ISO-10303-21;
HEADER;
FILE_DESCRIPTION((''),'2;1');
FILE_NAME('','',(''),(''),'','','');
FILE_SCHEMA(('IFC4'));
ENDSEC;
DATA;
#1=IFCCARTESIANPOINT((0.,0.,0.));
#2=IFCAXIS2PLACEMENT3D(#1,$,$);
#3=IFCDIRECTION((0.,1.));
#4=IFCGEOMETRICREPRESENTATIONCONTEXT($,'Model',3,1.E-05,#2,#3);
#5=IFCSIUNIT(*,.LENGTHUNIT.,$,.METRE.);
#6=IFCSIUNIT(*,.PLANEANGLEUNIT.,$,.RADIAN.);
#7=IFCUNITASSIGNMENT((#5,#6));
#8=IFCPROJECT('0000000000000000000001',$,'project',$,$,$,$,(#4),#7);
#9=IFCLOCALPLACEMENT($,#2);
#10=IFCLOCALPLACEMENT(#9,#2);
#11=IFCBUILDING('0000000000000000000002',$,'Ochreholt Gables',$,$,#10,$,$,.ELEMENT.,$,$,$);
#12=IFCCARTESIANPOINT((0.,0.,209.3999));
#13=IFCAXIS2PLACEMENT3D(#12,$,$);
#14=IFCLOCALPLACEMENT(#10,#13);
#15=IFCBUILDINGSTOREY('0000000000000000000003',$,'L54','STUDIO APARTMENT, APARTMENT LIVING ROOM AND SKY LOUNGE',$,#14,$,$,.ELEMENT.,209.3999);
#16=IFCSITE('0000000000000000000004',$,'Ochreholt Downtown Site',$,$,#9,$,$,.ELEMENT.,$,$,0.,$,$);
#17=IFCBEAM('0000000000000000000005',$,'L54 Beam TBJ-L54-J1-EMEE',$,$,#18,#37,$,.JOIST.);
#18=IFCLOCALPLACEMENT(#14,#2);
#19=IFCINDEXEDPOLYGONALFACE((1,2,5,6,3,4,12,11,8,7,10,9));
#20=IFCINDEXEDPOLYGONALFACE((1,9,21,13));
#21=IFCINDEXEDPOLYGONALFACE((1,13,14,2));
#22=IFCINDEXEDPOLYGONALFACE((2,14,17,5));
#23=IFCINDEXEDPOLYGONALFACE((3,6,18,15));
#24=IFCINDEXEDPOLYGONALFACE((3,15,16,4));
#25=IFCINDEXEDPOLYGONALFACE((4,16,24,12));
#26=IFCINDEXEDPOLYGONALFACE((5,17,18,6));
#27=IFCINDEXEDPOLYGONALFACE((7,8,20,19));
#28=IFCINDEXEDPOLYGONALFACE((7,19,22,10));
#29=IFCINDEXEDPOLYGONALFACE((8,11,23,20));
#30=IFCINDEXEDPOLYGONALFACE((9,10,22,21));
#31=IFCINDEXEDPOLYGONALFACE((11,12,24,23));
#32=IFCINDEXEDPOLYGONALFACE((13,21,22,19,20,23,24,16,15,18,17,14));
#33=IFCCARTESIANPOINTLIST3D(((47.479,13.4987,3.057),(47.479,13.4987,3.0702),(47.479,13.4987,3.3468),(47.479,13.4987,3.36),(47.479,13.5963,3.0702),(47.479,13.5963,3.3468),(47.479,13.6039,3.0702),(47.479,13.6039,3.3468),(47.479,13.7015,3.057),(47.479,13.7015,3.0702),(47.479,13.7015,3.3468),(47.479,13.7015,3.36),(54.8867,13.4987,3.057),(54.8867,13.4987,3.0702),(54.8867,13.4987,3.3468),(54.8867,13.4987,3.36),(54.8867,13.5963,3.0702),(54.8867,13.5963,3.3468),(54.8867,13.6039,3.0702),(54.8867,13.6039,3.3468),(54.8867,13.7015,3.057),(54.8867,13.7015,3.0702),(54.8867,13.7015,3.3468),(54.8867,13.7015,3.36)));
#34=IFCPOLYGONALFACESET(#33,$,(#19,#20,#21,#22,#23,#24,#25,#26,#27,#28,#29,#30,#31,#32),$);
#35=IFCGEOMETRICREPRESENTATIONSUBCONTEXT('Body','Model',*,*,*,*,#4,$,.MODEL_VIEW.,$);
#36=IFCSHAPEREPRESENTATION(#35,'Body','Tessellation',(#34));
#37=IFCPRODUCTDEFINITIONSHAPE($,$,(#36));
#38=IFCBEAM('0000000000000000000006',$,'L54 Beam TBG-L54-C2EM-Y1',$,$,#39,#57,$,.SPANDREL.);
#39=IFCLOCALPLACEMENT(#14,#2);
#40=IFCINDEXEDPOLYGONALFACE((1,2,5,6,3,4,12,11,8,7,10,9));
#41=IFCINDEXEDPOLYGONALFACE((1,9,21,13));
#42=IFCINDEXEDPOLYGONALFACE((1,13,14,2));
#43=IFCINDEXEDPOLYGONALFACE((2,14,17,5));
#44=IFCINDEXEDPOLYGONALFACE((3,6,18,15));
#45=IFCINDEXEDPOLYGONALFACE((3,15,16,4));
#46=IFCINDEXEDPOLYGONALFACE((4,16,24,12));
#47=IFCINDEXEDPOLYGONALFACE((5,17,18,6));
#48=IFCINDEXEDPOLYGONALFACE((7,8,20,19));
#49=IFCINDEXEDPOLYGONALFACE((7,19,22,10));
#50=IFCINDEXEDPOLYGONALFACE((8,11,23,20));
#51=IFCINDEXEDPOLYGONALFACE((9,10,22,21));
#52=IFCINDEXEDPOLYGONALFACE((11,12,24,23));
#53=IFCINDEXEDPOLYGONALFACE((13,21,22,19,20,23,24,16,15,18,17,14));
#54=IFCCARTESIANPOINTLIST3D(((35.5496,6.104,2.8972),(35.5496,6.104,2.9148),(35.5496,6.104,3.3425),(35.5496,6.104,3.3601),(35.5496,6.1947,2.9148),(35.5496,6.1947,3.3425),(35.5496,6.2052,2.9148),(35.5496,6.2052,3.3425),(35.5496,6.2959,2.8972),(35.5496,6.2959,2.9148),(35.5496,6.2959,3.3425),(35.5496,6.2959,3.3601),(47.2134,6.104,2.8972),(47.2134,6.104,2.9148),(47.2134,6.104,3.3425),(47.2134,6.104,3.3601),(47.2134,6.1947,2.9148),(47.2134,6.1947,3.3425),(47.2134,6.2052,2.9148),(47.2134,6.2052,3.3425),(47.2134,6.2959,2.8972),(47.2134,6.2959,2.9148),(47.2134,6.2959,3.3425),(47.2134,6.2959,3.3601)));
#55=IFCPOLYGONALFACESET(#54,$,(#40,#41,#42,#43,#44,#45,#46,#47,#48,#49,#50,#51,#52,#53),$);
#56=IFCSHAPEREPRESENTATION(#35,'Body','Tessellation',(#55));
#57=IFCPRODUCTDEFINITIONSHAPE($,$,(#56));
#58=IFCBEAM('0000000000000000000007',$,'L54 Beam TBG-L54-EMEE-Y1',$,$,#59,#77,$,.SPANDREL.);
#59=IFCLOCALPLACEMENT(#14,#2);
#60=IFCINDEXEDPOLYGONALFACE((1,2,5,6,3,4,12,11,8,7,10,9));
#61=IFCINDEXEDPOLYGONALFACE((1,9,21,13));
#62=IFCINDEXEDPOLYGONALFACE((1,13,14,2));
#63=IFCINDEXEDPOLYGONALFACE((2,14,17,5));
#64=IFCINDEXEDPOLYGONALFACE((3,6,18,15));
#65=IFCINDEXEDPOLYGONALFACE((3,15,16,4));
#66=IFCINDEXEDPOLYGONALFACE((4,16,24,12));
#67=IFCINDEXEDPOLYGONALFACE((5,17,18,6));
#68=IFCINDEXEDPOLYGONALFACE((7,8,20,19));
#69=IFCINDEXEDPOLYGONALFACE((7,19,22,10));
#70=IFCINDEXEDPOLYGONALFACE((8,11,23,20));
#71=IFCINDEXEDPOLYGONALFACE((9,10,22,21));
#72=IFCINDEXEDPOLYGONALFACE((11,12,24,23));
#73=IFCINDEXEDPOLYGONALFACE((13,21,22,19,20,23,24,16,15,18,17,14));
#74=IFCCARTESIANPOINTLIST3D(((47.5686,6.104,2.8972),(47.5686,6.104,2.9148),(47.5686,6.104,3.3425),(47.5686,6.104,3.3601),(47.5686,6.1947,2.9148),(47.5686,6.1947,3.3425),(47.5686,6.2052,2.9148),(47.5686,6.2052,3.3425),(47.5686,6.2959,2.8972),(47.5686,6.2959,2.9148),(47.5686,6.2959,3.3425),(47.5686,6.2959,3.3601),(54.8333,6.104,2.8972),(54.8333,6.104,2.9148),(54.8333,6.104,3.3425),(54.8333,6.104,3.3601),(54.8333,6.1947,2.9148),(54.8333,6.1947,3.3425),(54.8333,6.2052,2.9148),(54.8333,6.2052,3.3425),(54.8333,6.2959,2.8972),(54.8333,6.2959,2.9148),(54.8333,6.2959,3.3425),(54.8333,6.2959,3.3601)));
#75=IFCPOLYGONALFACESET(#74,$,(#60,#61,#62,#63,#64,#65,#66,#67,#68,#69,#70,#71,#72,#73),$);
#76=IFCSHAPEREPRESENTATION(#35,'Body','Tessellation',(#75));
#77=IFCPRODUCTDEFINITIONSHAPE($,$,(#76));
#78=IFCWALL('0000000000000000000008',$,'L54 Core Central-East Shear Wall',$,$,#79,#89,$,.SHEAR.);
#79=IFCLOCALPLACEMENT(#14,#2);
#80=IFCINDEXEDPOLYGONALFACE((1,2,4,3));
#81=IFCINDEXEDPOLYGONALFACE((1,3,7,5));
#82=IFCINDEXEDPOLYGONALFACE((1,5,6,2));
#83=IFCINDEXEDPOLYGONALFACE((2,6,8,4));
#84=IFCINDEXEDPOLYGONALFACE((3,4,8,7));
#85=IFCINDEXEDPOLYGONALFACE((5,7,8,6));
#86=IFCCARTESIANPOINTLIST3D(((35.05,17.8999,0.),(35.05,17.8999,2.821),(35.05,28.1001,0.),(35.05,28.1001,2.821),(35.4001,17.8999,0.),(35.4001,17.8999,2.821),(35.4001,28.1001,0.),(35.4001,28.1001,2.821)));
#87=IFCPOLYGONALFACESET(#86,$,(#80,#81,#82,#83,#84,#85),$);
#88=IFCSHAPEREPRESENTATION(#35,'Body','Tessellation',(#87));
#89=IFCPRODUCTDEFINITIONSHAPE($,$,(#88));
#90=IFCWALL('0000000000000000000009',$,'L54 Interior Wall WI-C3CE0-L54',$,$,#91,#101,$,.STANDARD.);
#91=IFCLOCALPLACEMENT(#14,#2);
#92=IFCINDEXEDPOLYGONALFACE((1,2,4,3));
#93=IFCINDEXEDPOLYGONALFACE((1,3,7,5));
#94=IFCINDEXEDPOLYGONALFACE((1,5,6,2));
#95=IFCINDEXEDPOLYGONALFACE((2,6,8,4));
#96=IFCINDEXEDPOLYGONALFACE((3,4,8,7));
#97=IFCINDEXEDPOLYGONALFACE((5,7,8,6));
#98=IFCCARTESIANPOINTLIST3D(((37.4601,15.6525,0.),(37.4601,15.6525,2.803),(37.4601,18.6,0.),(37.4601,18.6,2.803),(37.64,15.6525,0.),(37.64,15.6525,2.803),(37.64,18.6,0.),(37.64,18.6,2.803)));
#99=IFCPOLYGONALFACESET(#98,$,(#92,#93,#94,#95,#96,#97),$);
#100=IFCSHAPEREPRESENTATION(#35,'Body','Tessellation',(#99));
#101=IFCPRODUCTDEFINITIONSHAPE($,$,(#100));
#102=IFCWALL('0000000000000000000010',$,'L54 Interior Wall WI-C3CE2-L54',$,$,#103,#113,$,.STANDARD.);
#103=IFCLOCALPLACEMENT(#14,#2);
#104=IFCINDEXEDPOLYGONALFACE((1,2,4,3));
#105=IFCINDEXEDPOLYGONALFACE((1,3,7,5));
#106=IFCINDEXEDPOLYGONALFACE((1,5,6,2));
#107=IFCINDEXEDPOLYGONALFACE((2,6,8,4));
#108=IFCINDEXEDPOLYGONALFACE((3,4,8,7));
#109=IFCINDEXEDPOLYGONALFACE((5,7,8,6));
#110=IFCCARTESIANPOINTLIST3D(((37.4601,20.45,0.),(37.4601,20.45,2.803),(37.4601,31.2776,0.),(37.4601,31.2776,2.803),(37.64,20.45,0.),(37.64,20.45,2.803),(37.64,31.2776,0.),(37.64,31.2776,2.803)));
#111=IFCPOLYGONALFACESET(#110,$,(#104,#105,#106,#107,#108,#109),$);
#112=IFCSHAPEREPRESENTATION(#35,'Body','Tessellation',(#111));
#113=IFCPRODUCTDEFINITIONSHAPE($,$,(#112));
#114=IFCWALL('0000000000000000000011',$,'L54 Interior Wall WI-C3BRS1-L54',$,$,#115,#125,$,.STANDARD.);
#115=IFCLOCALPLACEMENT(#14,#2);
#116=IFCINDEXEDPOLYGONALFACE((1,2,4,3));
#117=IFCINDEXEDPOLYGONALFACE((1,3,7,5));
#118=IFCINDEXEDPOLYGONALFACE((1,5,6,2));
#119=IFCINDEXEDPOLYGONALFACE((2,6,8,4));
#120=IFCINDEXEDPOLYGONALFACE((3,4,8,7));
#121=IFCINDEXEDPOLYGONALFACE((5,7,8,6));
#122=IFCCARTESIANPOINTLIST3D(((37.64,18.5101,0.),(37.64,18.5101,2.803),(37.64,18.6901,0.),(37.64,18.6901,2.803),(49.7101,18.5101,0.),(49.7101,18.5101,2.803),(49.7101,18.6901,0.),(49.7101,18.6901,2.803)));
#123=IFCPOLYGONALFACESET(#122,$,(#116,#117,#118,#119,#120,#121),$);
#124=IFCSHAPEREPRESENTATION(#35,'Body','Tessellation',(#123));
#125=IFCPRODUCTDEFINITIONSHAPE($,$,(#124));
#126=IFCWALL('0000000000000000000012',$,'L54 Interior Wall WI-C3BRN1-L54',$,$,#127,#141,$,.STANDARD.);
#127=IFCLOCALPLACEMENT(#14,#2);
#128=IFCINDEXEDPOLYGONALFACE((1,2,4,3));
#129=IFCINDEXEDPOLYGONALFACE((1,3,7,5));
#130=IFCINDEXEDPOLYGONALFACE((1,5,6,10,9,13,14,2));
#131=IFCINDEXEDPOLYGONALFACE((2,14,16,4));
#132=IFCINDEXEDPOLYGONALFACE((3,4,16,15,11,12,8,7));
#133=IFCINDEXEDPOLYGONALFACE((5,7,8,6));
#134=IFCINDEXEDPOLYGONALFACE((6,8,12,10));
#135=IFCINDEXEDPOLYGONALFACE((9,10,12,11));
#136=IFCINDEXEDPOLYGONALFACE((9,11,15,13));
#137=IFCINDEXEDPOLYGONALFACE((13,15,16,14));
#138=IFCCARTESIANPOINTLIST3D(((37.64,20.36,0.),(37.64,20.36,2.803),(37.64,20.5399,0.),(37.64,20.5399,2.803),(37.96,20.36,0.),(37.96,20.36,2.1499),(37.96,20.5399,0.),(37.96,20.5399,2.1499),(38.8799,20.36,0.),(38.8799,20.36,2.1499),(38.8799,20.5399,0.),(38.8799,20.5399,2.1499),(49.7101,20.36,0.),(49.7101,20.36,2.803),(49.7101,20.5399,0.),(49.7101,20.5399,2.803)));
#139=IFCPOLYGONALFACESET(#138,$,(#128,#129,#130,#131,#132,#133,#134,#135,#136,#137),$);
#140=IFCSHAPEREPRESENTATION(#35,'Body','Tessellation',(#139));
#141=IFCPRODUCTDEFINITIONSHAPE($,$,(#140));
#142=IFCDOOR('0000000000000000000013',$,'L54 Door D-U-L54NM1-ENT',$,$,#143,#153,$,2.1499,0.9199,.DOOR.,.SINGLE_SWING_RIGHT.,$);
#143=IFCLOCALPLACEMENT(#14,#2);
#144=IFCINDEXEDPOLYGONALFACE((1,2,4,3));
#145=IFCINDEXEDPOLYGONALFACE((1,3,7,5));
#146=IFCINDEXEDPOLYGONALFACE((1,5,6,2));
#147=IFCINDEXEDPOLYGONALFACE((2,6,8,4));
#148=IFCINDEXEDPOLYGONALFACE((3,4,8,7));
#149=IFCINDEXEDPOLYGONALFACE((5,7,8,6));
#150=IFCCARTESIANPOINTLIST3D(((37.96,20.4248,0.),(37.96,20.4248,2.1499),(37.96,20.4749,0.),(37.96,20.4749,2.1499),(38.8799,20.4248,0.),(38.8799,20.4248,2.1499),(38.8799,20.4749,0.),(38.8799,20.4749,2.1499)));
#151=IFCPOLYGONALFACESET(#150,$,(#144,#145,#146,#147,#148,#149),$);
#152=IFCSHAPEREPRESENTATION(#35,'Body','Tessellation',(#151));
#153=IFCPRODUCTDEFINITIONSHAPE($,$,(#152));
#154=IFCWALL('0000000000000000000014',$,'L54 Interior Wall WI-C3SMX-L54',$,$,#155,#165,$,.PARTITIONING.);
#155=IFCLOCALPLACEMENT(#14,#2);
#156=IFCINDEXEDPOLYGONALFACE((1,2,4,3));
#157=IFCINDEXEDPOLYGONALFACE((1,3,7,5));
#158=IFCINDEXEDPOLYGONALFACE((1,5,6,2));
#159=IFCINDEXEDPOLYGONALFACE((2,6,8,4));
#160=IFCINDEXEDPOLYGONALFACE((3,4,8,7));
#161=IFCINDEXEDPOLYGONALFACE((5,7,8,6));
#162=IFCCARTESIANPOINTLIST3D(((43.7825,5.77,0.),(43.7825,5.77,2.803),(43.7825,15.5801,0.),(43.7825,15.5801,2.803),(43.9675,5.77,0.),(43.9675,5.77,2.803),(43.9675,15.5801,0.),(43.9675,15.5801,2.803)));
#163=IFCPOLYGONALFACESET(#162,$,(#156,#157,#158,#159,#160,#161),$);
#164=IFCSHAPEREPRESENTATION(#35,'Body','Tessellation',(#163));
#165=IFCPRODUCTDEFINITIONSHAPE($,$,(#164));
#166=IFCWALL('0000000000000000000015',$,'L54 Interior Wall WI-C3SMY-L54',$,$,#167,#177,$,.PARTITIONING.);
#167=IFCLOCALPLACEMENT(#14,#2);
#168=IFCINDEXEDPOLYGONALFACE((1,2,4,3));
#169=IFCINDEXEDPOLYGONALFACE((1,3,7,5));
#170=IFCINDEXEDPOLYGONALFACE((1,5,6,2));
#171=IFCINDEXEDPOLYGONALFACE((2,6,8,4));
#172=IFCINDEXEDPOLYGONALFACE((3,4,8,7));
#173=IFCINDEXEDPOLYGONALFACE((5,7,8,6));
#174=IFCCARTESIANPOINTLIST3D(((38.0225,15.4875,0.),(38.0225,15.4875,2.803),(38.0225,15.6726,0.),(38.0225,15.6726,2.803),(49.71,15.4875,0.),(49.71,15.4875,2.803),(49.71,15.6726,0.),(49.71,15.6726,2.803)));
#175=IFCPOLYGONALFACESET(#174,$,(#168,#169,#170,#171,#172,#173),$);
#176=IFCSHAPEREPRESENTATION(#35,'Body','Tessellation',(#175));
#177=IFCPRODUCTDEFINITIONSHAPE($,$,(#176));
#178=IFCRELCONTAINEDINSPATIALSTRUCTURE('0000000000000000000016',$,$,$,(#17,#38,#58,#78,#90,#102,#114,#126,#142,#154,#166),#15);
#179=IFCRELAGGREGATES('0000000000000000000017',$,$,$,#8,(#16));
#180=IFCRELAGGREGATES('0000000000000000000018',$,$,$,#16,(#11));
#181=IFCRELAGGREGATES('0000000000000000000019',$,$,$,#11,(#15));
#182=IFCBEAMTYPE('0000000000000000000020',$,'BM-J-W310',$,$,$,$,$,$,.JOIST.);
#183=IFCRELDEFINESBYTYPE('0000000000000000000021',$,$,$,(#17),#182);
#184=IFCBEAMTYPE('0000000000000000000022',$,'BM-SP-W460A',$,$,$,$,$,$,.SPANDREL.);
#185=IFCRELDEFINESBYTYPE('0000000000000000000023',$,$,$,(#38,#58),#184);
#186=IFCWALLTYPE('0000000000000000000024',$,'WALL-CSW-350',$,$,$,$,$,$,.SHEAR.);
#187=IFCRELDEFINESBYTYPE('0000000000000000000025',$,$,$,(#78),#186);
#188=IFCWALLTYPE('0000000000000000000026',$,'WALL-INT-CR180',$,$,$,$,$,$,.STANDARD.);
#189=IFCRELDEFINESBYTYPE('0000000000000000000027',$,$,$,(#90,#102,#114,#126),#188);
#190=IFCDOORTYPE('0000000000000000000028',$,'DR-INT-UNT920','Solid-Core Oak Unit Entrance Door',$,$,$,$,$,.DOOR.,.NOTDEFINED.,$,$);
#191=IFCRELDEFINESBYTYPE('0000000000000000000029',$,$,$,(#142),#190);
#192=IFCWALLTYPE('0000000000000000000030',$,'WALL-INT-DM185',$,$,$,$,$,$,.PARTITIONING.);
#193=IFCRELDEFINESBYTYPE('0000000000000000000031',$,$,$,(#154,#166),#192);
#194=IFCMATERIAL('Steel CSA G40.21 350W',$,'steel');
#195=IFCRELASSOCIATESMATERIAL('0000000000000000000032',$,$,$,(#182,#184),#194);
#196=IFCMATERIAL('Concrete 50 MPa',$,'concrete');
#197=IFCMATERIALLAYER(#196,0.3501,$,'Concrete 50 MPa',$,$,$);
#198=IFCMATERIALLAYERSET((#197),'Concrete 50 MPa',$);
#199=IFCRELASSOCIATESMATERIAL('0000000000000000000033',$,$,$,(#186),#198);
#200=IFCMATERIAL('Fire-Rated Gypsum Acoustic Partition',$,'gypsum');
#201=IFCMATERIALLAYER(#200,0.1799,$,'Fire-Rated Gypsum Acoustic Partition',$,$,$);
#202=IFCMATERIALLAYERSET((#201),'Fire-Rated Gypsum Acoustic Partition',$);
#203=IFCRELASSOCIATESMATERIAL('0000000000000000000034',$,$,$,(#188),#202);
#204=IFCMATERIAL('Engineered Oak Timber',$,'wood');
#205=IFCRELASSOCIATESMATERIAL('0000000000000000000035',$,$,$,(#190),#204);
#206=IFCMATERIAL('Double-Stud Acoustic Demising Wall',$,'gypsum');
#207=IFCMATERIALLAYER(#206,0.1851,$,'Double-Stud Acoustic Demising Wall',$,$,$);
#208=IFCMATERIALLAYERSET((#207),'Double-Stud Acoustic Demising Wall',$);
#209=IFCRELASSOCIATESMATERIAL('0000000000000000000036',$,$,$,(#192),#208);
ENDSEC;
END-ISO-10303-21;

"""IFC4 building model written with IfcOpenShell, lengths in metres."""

from ifc_helpers import new_model, si_unit, direction, frame, frame_2d, origin, origin_2d, place, context, subcontext, project, spatial, rectangle, i_section, extrude, material, layer, layer_set, material_profile, profile_set, type_object, element, fill, save


model = new_model("IFC4")

# Units and contexts
model_context = context("Model", 3, precision=1e-05, world=origin(), true_north=direction((0.0, 1.0)))
body_context = subcontext(model_context, "Body", "Model", "MODEL_VIEW")
ifc_project = project(units=[si_unit("LENGTHUNIT", "METRE"), si_unit("PLANEANGLEUNIT", "RADIAN")], contexts=[model_context])

# Site, building, storey
site_placement = place(None, origin())
site = spatial("IfcSite", under=ifc_project, at=site_placement, Name="Ochreholt Downtown Site", CompositionType="ELEMENT", RefElevation=0.0)
building_placement = place(site_placement, origin())
building = spatial("IfcBuilding", under=site, at=building_placement, Name="Ochreholt Gables", CompositionType="ELEMENT")
storey_placement = place(building_placement, frame((0.0, 0.0, 209.3999)))
storey = spatial("IfcBuildingStorey", under=building, at=storey_placement, Name="L54", Description="STUDIO APARTMENT, APARTMENT LIVING ROOM AND SKY LOUNGE", CompositionType="ELEMENT", Elevation=209.3999)

# Shared definitions
ifc_material_1 = material(Name="Steel CSA G40.21 350W", Category="steel")

# Beams
ifc_material_profile_1 = material_profile(ifc_material_1, i_section(OverallWidth=0.2029, OverallDepth=0.303, WebThickness=0.0076, FlangeThickness=0.0132, at=origin_2d()), Name="W310X60")
ifc_profile_set_1 = profile_set([ifc_material_profile_1], Name="Steel CSA G40.21 350W")
beam_type_1 = type_object("IfcBeamType", Name="BM-J-W310", PredefinedType="JOIST", material=ifc_profile_set_1)
beam_1_placement = place(storey_placement, frame((47.479, 13.6001, 3.2085), z_axis=(1.0, 0.0, 0.0), x_axis=(0.0, 1.0, 0.0)))
element("IfcBeam", 1, at=beam_1_placement, inside=storey, type_object=beam_type_1, Name="L54 Beam TBJ-L54-J1-EMEE", PredefinedType="JOIST", context=body_context, shape_type="SweptSolid", body=[
    extrude(i_section(OverallWidth=0.2029, OverallDepth=0.303, WebThickness=0.0076, FlangeThickness=0.0132, at=origin_2d()), origin(), (0.0, 0.0, 1.0), 7.4077),
])
ifc_material_profile_2 = material_profile(ifc_material_1, i_section(OverallWidth=0.1919, OverallDepth=0.4629, WebThickness=0.0105, FlangeThickness=0.0176, at=origin_2d()), Name="W460X89")
ifc_profile_set_2 = profile_set([ifc_material_profile_2], Name="Steel CSA G40.21 350W")
beam_type_2 = type_object("IfcBeamType", Name="BM-SP-W460A", PredefinedType="SPANDREL", material=ifc_profile_set_2)
beam_2_placement = place(storey_placement, frame((35.5496, 6.2, 3.1287), z_axis=(1.0, 0.0, 0.0), x_axis=(0.0, 1.0, 0.0)))
element("IfcBeam", 2, at=beam_2_placement, inside=storey, type_object=beam_type_2, Name="L54 Beam TBG-L54-C2EM-Y1", PredefinedType="SPANDREL", context=body_context, shape_type="SweptSolid", body=[
    extrude(i_section(OverallWidth=0.1919, OverallDepth=0.4629, WebThickness=0.0105, FlangeThickness=0.0176, at=origin_2d()), origin(), (0.0, 0.0, 1.0), 11.6638),
])
beam_3_placement = place(storey_placement, frame((47.5686, 6.2, 3.1287), z_axis=(1.0, 0.0, 0.0), x_axis=(0.0, 1.0, 0.0)))
element("IfcBeam", 3, at=beam_3_placement, inside=storey, type_object=beam_type_2, Name="L54 Beam TBG-L54-EMEE-Y1", PredefinedType="SPANDREL", context=body_context, shape_type="SweptSolid", body=[
    extrude(i_section(OverallWidth=0.1919, OverallDepth=0.4629, WebThickness=0.0105, FlangeThickness=0.0176, at=origin_2d()), origin(), (0.0, 0.0, 1.0), 7.2646),
])

# Walls
ifc_material_2 = material(Name="Concrete 50 MPa", Category="concrete")
ifc_layer_1 = layer(ifc_material_2, 0.3501, Name="Concrete 50 MPa")
ifc_layer_set_1 = layer_set([ifc_layer_1], Name="Concrete 50 MPa")
wall_type_1 = type_object("IfcWallType", Name="WALL-CSW-350", PredefinedType="SHEAR", material=ifc_layer_set_1)
wall_1_placement = place(storey_placement, frame((35.2251, 17.8999, 0.0), z_axis=(0.0, 0.0, 1.0), x_axis=(0.0, 1.0, 0.0)))
element("IfcWall", 4, at=wall_1_placement, inside=storey, type_object=wall_type_1, Name="L54 Core Central-East Shear Wall", PredefinedType="SHEAR", context=body_context, shape_type="SweptSolid", body=[
    extrude(rectangle(XDim=10.2002, YDim=0.3501, at=frame_2d((5.1001, 0.0))), origin(), (0.0, 0.0, 1.0), 2.821),
])
ifc_material_3 = material(Name="Fire-Rated Gypsum Acoustic Partition", Category="gypsum")
ifc_layer_2 = layer(ifc_material_3, 0.1799, Name="Fire-Rated Gypsum Acoustic Partition")
ifc_layer_set_2 = layer_set([ifc_layer_2], Name="Fire-Rated Gypsum Acoustic Partition")
wall_type_2 = type_object("IfcWallType", Name="WALL-INT-CR180", PredefinedType="STANDARD", material=ifc_layer_set_2)
wall_2_placement = place(storey_placement, frame((37.55, 15.6526, 0.0), z_axis=(0.0, 0.0, 1.0), x_axis=(0.0, 1.0, 0.0)))
element("IfcWall", 5, at=wall_2_placement, inside=storey, type_object=wall_type_2, Name="L54 Interior Wall WI-C3CE0-L54", PredefinedType="STANDARD", context=body_context, shape_type="SweptSolid", body=[
    extrude(rectangle(XDim=2.9475, YDim=0.1799, at=frame_2d((1.4736, 0.0))), origin(), (0.0, 0.0, 1.0), 2.803),
])
wall_3_placement = place(storey_placement, frame((37.55, 20.45, 0.0), z_axis=(0.0, 0.0, 1.0), x_axis=(0.0, 1.0, 0.0)))
element("IfcWall", 6, at=wall_3_placement, inside=storey, type_object=wall_type_2, Name="L54 Interior Wall WI-C3CE2-L54", PredefinedType="STANDARD", context=body_context, shape_type="SweptSolid", body=[
    extrude(rectangle(XDim=10.8276, YDim=0.1799, at=frame_2d((5.4138, 0.0))), origin(), (0.0, 0.0, 1.0), 2.803),
])
wall_4_placement = place(storey_placement, frame((37.6399, 18.6001, 0.0), z_axis=(0.0, 0.0, 1.0), x_axis=(1.0, 0.0, 0.0)))
element("IfcWall", 7, at=wall_4_placement, inside=storey, type_object=wall_type_2, Name="L54 Interior Wall WI-C3BRS1-L54", PredefinedType="STANDARD", context=body_context, shape_type="SweptSolid", body=[
    extrude(rectangle(XDim=12.0701, YDim=0.1799, at=frame_2d((6.0352, 0.0))), origin(), (0.0, 0.0, 1.0), 2.803),
])

# Wall, opening, door
wall_5_placement = place(storey_placement, frame((37.6399, 20.45, 0.0), z_axis=(0.0, 0.0, 1.0), x_axis=(1.0, 0.0, 0.0)))
wall_5 = element("IfcWall", 8, at=wall_5_placement, inside=storey, type_object=wall_type_2, Name="L54 Interior Wall WI-C3BRN1-L54", PredefinedType="STANDARD", context=body_context, shape_type="SweptSolid", body=[
    extrude(rectangle(XDim=12.0701, YDim=0.1799, at=frame_2d((6.0352, 0.0))), origin(), (0.0, 0.0, 1.0), 2.803),
])
opening_1_placement = place(wall_5_placement, frame((0.3201, 0.0, 0.0)))
opening_1 = element("IfcOpeningElement", 9, at=opening_1_placement, cuts=wall_5, PredefinedType="OPENING", context=body_context, shape_type="SweptSolid", body=[
    extrude(rectangle(XDim=0.9199, YDim=2.1499, at=frame_2d((0.46, 1.075))), frame((0.0, 0.0999, 0.0), z_axis=(0.0, -1.0, 0.0), x_axis=(1.0, 0.0, 0.0)), (0.0, 0.0, 1.0), 0.2),
])
ifc_material_4 = material(Name="Engineered Oak Timber", Category="wood")
door_type_1 = type_object("IfcDoorType", Name="DR-INT-UNT920", Description="Solid-Core Oak Unit Entrance Door", OperationType="NOTDEFINED", PredefinedType="DOOR", material=ifc_material_4)
door_1_placement = place(opening_1_placement, origin())
door_1 = element("IfcDoor", 10, at=door_1_placement, inside=storey, type_object=door_type_1, Name="L54 Door D-U-L54NM1-ENT", OperationType="SINGLE_SWING_RIGHT", OverallHeight=2.1499, OverallWidth=0.9199, PredefinedType="DOOR", context=body_context, shape_type="SweptSolid", body=[
    extrude(rectangle(XDim=0.9199, YDim=2.1499, at=frame_2d((0.46, 1.075))), frame((0.0, 0.0249, 0.0), z_axis=(0.0, -1.0, 0.0), x_axis=(1.0, 0.0, 0.0)), (0.0, 0.0, 1.0), 0.05),
])
fill(opening_1, door_1)

# Walls
ifc_material_5 = material(Name="Double-Stud Acoustic Demising Wall", Category="gypsum")
ifc_layer_3 = layer(ifc_material_5, 0.1851, Name="Double-Stud Acoustic Demising Wall")
ifc_layer_set_3 = layer_set([ifc_layer_3], Name="Double-Stud Acoustic Demising Wall")
wall_type_3 = type_object("IfcWallType", Name="WALL-INT-DM185", PredefinedType="PARTITIONING", material=ifc_layer_set_3)
wall_6_placement = place(storey_placement, frame((43.875, 5.77, 0.0), z_axis=(0.0, 0.0, 1.0), x_axis=(0.0, 1.0, 0.0)))
element("IfcWall", 11, at=wall_6_placement, inside=storey, type_object=wall_type_3, Name="L54 Interior Wall WI-C3SMX-L54", PredefinedType="PARTITIONING", context=body_context, shape_type="SweptSolid", body=[
    extrude(rectangle(XDim=9.8101, YDim=0.1851, at=frame_2d((4.905, 0.0))), origin(), (0.0, 0.0, 1.0), 2.803),
])
wall_7_placement = place(storey_placement, frame((38.0225, 15.5801, 0.0), z_axis=(0.0, 0.0, 1.0), x_axis=(1.0, 0.0, 0.0)))
element("IfcWall", 12, at=wall_7_placement, inside=storey, type_object=wall_type_3, Name="L54 Interior Wall WI-C3SMY-L54", PredefinedType="PARTITIONING", context=body_context, shape_type="SweptSolid", body=[
    extrude(rectangle(XDim=11.6875, YDim=0.1851, at=frame_2d((5.8438, 0.0))), origin(), (0.0, 0.0, 1.0), 2.803),
])

save(model, "model.ifc")
